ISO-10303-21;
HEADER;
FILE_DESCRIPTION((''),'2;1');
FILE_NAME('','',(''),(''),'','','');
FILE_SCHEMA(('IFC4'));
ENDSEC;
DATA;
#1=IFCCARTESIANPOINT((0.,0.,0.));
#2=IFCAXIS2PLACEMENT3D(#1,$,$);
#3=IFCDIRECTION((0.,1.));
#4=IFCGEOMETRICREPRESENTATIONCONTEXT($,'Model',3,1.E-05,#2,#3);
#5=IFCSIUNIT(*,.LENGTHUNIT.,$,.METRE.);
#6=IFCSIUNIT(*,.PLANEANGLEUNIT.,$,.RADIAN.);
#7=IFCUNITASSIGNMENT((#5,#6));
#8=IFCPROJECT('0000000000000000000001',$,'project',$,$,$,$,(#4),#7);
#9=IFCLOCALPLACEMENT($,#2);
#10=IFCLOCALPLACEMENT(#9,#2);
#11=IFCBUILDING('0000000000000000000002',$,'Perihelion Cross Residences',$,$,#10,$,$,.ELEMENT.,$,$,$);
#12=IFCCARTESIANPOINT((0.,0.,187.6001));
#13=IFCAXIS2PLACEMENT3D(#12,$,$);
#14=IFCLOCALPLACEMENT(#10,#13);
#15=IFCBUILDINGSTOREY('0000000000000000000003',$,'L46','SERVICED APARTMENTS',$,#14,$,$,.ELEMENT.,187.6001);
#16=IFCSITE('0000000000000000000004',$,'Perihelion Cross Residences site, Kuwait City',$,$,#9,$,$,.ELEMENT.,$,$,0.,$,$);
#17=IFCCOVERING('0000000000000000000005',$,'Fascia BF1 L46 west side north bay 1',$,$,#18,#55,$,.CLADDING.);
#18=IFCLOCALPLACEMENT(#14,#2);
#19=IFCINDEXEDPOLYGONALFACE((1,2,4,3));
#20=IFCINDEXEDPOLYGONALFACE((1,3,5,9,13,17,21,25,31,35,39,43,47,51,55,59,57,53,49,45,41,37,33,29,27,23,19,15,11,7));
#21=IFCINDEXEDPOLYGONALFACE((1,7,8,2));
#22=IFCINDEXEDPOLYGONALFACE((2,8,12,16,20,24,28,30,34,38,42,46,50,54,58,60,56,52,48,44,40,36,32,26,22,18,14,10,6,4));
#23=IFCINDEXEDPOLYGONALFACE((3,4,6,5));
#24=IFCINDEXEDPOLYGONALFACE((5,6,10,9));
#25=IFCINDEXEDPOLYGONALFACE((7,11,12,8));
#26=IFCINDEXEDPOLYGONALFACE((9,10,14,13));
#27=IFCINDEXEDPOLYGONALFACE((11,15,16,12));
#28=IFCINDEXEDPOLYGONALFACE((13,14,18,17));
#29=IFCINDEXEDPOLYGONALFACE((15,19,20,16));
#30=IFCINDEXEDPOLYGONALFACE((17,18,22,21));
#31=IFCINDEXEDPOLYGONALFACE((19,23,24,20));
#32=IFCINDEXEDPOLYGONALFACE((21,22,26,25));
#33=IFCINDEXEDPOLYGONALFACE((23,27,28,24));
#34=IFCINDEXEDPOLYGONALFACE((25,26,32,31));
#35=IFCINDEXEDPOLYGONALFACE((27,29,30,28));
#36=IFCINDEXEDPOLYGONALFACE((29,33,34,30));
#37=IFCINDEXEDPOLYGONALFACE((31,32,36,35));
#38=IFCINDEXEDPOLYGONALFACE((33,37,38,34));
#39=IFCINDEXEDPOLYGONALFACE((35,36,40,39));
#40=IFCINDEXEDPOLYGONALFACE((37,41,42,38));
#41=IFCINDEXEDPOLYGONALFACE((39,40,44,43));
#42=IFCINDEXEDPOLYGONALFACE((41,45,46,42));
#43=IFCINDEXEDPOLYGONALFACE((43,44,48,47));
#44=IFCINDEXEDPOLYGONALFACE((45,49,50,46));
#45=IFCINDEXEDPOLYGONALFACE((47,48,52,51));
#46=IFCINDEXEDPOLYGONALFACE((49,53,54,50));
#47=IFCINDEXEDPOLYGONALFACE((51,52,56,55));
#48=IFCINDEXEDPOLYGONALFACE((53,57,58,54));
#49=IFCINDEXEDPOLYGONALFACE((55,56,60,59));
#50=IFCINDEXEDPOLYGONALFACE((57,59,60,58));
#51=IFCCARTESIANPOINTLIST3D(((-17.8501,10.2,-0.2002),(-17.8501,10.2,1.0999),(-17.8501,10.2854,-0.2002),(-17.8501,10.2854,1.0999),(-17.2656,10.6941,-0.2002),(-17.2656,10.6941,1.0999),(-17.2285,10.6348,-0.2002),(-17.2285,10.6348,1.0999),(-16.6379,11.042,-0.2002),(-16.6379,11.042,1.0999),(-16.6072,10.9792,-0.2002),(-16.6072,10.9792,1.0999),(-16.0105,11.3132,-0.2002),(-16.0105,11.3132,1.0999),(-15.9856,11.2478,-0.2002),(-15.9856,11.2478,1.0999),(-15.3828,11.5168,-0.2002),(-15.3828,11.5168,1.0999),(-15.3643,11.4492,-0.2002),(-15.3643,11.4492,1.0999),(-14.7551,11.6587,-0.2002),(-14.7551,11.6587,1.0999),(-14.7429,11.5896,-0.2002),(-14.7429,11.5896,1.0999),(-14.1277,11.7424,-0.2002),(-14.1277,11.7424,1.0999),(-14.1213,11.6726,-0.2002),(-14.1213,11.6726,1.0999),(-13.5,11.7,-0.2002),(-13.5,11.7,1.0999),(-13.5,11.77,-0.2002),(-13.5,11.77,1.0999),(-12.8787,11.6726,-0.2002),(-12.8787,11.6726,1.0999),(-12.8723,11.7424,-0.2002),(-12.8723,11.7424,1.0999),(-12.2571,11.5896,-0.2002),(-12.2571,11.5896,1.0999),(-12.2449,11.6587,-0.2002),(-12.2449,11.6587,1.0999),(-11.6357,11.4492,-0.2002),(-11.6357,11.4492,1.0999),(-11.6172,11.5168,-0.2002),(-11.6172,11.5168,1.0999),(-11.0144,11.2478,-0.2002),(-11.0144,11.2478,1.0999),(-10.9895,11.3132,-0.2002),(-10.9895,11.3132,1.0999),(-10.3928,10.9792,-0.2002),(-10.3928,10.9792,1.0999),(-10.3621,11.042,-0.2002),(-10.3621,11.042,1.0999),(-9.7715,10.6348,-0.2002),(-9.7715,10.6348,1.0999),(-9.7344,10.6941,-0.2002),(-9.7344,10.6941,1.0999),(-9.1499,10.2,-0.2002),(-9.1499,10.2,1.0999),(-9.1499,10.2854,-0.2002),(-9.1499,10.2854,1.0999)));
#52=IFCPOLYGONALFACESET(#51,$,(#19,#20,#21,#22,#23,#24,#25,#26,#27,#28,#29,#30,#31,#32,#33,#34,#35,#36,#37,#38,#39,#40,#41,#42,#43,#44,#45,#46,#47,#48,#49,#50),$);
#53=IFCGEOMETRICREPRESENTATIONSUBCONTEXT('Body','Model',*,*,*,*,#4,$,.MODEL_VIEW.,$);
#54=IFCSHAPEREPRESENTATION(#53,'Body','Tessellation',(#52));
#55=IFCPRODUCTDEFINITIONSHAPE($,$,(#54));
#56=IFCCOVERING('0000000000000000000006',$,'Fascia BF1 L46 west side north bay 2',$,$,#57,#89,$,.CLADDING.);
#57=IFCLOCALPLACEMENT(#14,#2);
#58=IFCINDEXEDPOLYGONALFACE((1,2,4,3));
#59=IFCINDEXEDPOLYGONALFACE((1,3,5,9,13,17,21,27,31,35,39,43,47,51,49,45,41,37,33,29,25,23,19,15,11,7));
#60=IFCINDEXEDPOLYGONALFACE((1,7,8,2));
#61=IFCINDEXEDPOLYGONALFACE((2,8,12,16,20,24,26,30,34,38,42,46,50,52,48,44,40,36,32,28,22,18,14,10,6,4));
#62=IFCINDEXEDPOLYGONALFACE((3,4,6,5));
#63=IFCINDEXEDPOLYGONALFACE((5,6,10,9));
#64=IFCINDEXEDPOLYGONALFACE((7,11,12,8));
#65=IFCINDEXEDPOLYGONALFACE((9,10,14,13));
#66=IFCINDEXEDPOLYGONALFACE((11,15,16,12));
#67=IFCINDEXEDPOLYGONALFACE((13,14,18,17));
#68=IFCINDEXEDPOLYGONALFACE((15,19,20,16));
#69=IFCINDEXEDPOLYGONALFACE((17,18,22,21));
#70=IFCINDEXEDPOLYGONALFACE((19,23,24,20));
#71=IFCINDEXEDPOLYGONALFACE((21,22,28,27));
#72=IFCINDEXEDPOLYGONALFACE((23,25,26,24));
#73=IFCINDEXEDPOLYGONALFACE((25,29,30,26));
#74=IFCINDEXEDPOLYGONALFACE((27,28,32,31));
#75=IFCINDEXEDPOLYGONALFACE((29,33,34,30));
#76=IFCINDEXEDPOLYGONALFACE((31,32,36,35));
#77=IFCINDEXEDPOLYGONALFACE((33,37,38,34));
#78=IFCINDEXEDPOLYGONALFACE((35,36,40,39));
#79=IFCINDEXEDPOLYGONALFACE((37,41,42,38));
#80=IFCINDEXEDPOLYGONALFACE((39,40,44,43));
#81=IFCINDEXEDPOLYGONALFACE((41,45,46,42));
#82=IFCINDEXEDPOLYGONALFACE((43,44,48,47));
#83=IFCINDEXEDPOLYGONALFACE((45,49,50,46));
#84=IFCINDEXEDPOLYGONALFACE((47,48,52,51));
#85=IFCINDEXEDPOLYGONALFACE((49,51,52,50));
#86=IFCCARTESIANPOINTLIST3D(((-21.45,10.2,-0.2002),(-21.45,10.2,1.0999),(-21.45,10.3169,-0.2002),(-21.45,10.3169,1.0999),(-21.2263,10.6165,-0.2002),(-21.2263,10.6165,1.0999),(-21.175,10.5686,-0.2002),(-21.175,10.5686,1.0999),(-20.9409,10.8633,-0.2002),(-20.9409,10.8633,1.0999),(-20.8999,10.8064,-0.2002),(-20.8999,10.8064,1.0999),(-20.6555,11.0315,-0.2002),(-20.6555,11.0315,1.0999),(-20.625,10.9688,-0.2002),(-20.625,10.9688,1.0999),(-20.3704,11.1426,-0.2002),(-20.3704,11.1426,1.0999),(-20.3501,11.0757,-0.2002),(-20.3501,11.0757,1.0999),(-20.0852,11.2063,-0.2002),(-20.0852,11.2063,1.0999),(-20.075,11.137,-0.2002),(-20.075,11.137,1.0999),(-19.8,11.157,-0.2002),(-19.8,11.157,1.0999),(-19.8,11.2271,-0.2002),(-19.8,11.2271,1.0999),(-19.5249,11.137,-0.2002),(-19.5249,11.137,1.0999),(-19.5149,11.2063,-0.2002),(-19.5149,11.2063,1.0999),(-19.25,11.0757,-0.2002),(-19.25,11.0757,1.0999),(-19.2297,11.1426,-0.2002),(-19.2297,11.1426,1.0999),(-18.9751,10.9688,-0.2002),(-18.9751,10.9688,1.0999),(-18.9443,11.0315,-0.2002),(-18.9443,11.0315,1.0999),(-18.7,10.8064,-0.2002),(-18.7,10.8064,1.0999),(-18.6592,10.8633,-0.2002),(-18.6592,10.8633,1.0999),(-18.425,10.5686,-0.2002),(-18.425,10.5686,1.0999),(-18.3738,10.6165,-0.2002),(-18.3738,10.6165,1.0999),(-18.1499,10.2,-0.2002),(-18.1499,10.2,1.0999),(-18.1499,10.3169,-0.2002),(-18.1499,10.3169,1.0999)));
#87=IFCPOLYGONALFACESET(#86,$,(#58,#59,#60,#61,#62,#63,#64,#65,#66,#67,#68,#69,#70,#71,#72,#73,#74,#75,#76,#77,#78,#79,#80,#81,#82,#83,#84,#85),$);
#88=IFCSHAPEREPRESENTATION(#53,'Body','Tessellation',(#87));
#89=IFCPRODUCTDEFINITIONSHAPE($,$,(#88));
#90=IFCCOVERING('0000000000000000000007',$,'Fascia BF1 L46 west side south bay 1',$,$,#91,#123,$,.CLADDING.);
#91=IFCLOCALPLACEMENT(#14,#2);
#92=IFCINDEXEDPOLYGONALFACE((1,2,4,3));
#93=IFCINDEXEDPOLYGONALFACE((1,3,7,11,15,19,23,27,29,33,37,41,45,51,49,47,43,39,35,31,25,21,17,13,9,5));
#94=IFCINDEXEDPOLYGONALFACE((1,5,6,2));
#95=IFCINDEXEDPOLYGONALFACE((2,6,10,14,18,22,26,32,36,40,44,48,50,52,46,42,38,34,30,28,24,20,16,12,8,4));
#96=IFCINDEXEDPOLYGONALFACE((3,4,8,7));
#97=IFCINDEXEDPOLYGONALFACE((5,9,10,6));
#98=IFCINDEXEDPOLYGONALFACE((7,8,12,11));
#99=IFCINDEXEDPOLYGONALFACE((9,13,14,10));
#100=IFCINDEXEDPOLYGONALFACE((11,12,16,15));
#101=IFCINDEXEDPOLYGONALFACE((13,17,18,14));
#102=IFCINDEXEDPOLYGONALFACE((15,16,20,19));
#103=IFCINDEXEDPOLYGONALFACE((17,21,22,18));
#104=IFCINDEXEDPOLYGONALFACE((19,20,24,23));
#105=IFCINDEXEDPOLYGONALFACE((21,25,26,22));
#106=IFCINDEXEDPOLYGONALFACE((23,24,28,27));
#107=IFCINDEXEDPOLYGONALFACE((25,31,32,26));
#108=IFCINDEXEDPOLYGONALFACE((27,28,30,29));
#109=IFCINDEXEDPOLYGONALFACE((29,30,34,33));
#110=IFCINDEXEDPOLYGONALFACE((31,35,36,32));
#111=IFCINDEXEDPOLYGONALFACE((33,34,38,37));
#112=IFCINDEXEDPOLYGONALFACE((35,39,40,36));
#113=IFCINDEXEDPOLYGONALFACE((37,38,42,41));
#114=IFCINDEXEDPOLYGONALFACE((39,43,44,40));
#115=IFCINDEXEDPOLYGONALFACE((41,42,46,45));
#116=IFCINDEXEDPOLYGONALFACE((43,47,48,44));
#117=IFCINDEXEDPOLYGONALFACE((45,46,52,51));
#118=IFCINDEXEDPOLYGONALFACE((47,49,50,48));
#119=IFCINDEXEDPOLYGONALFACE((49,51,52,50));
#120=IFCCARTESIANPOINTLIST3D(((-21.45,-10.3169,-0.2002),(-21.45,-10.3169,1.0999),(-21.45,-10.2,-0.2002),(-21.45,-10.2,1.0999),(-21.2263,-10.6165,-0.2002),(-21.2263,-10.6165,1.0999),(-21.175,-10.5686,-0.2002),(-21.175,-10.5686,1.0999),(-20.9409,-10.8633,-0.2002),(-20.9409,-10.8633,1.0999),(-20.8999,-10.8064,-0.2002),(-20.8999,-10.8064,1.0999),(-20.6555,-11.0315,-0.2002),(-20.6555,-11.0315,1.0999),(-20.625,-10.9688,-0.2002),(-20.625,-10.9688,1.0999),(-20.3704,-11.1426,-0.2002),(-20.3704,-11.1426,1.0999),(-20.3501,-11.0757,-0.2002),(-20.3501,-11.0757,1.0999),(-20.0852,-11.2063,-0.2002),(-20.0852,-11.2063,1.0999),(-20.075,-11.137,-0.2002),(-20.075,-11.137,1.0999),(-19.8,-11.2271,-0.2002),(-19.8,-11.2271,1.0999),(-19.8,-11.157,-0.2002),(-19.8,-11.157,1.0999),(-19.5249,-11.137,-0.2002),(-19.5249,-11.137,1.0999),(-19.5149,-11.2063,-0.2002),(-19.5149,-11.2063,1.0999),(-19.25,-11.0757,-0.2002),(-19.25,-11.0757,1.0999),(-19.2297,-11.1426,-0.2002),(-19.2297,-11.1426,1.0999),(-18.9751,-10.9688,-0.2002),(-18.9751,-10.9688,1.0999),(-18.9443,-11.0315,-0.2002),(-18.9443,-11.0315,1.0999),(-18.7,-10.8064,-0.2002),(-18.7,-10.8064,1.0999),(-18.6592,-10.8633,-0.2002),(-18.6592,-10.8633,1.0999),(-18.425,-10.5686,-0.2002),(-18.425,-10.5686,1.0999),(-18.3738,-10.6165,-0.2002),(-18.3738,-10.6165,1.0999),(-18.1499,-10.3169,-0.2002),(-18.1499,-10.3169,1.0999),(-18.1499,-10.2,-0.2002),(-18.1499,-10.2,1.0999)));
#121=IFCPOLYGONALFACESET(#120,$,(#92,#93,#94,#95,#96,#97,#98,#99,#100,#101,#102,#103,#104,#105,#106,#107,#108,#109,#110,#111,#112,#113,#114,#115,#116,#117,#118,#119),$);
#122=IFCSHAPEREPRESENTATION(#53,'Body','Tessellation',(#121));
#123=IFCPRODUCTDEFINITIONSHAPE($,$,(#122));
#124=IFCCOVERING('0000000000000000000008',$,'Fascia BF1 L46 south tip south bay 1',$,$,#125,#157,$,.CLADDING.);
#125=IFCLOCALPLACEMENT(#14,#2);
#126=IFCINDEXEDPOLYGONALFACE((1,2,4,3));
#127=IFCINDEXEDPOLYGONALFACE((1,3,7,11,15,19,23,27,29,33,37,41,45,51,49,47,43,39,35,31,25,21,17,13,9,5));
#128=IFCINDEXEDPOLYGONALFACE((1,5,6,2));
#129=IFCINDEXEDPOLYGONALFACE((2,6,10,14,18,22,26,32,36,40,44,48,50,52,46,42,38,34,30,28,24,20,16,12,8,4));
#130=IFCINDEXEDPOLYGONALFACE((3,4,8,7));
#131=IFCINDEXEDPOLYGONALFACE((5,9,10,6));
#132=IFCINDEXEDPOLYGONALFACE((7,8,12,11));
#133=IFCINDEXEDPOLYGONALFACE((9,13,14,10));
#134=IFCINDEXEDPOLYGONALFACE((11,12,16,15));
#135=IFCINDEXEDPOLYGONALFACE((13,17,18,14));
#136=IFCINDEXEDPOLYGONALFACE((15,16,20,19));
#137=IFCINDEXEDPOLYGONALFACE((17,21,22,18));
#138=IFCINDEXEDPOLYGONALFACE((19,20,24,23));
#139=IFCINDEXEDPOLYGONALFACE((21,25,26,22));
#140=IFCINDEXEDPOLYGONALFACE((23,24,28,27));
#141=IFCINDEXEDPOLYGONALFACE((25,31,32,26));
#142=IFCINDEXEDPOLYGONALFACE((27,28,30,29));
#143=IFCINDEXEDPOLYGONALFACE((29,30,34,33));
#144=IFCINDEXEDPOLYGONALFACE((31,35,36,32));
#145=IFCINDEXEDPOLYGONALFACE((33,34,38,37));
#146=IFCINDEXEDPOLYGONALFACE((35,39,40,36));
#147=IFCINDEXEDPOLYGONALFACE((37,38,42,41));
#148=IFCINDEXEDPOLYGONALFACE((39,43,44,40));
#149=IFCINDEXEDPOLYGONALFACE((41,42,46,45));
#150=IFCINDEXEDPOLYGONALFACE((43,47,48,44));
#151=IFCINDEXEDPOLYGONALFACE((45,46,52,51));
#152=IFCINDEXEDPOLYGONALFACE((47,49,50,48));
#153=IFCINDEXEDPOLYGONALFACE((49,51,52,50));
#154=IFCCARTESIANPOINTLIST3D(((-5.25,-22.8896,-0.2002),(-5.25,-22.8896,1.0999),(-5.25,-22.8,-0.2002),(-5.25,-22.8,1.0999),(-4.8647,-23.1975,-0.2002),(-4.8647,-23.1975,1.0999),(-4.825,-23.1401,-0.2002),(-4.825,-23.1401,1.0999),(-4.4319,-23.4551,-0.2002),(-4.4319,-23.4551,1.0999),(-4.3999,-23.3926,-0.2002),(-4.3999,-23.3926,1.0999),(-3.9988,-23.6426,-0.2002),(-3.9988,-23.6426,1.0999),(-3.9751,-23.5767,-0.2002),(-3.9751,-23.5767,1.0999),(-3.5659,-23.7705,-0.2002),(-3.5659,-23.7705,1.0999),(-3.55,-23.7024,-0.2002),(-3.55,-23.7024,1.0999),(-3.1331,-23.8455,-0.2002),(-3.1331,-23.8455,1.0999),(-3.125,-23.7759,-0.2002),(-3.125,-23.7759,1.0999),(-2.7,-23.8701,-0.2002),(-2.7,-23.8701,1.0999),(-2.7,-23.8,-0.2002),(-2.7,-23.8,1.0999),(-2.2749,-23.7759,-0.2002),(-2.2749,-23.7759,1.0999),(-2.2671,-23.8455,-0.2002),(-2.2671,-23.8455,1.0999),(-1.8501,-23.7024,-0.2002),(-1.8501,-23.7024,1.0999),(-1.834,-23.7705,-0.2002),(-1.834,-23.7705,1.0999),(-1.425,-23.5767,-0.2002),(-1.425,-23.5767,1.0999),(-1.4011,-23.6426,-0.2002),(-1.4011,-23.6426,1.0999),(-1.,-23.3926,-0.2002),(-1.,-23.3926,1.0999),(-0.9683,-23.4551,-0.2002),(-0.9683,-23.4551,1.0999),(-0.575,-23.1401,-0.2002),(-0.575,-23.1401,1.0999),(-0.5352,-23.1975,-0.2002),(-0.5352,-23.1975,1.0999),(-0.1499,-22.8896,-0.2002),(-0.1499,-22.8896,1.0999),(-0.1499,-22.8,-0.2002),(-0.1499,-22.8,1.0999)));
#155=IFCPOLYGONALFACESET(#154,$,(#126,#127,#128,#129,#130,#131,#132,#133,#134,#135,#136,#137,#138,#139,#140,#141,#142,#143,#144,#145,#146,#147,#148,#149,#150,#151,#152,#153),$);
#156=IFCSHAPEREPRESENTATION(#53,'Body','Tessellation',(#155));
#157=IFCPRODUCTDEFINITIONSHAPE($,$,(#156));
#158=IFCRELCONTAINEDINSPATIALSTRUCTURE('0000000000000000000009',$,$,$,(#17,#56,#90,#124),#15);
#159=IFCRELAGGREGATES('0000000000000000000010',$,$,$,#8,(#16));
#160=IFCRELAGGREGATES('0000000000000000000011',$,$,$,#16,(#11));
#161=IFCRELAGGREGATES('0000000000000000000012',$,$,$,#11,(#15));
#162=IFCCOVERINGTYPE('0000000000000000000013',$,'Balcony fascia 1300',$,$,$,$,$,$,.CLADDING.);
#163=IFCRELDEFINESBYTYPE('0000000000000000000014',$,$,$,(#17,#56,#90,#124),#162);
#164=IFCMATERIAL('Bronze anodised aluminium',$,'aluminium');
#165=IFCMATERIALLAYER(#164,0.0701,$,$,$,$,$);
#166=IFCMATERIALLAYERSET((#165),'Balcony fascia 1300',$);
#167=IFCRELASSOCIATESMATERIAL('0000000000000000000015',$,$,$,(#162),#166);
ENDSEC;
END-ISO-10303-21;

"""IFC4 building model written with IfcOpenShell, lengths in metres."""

from ifc_helpers import new_model, si_unit, direction, frame, origin, place, context, subcontext, project, spatial, polyline, outline, extrude, material, layer, layer_set, type_object, element, save


model = new_model("IFC4")

# Units and contexts
model_context = context("Model", 3, precision=1e-05, world=origin(), true_north=direction((0.0, 1.0)))
body_context = subcontext(model_context, "Body", "Model", "MODEL_VIEW")
ifc_project = project(units=[si_unit("LENGTHUNIT", "METRE"), si_unit("PLANEANGLEUNIT", "RADIAN")], contexts=[model_context])

# Site, building, storey
site_placement = place(None, origin())
site = spatial("IfcSite", under=ifc_project, at=site_placement, Name="Perihelion Cross Residences site, Kuwait City", CompositionType="ELEMENT", RefElevation=0.0)
building_placement = place(site_placement, origin())
building = spatial("IfcBuilding", under=site, at=building_placement, Name="Perihelion Cross Residences", CompositionType="ELEMENT")
storey_placement = place(building_placement, frame((0.0, 0.0, 187.6001)))
storey = spatial("IfcBuildingStorey", under=building, at=storey_placement, Name="L46", Description="SERVICED APARTMENTS", CompositionType="ELEMENT", Elevation=187.6001)

# Coverings
ifc_material_1 = material(Name="Bronze anodised aluminium", Category="aluminium")
ifc_layer_1 = layer(ifc_material_1, 0.0701)
ifc_layer_set_1 = layer_set([ifc_layer_1], Name="Balcony fascia 1300")
covering_type = type_object("IfcCoveringType", Name="Balcony fascia 1300", PredefinedType="CLADDING", material=ifc_layer_set_1)
covering_1_placement = place(storey_placement, frame((0.0, 0.0, -0.2002)))
element("IfcCovering", 1, at=covering_1_placement, inside=storey, type_object=covering_type, Name="Fascia BF1 L46 west side north bay 1", PredefinedType="CLADDING", context=body_context, shape_type="SweptSolid", body=[
    extrude(outline(polyline([(-9.7344, 10.6941), (-10.3621, 11.042), (-10.9895, 11.3132), (-11.6172, 11.5168), (-12.2449, 11.6587), (-12.8723, 11.7424), (-13.5, 11.77), (-14.1277, 11.7424), (-14.7551, 11.6587), (-15.3828, 11.5168), (-16.0105, 11.3132), (-16.6379, 11.042), (-17.2656, 10.6941), (-17.8501, 10.2854), (-17.8501, 10.2), (-17.2285, 10.6348), (-16.6072, 10.9792), (-15.9856, 11.2478), (-15.3643, 11.4492), (-14.7429, 11.5896), (-14.1213, 11.6726), (-13.5, 11.7), (-12.8787, 11.6726), (-12.2571, 11.5896), (-11.6357, 11.4492), (-11.0144, 11.2478), (-10.3928, 10.9792), (-9.7715, 10.6348), (-9.1499, 10.2), (-9.1499, 10.2854), (-9.7344, 10.6941)])), origin(), (0.0, 0.0, 1.0), 1.3),
])
covering_2_placement = place(storey_placement, frame((0.0, 0.0, -0.2002)))
element("IfcCovering", 2, at=covering_2_placement, inside=storey, type_object=covering_type, Name="Fascia BF1 L46 west side north bay 2", PredefinedType="CLADDING", context=body_context, shape_type="SweptSolid", body=[
    extrude(outline(polyline([(-18.3738, 10.6165), (-18.6592, 10.8633), (-18.9443, 11.0315), (-19.2297, 11.1426), (-19.5149, 11.2063), (-19.8, 11.2271), (-20.0852, 11.2063), (-20.3704, 11.1426), (-20.6555, 11.0315), (-20.9409, 10.8633), (-21.2263, 10.6165), (-21.45, 10.3169), (-21.45, 10.2), (-21.175, 10.5686), (-20.8999, 10.8064), (-20.625, 10.9688), (-20.3501, 11.0757), (-20.075, 11.137), (-19.8, 11.157), (-19.5249, 11.137), (-19.25, 11.0757), (-18.9751, 10.9688), (-18.7, 10.8064), (-18.425, 10.5686), (-18.1499, 10.2), (-18.1499, 10.3169), (-18.3738, 10.6165)])), origin(), (0.0, 0.0, 1.0), 1.3),
])
covering_3_placement = place(storey_placement, frame((0.0, 0.0, -0.2002)))
element("IfcCovering", 3, at=covering_3_placement, inside=storey, type_object=covering_type, Name="Fascia BF1 L46 west side south bay 1", PredefinedType="CLADDING", context=body_context, shape_type="SweptSolid", body=[
    extrude(outline(polyline([(-21.2263, -10.6165), (-20.9409, -10.8633), (-20.6555, -11.0315), (-20.3704, -11.1426), (-20.0852, -11.2063), (-19.8, -11.2271), (-19.5149, -11.2063), (-19.2297, -11.1426), (-18.9443, -11.0315), (-18.6592, -10.8633), (-18.3738, -10.6165), (-18.1499, -10.3169), (-18.1499, -10.2), (-18.425, -10.5686), (-18.7, -10.8064), (-18.9751, -10.9688), (-19.25, -11.0757), (-19.5249, -11.137), (-19.8, -11.157), (-20.075, -11.137), (-20.3501, -11.0757), (-20.625, -10.9688), (-20.8999, -10.8064), (-21.175, -10.5686), (-21.45, -10.2), (-21.45, -10.3169), (-21.2263, -10.6165)])), origin(), (0.0, 0.0, 1.0), 1.3),
])
covering_4_placement = place(storey_placement, frame((0.0, 0.0, -0.2002)))
element("IfcCovering", 4, at=covering_4_placement, inside=storey, type_object=covering_type, Name="Fascia BF1 L46 south tip south bay 1", PredefinedType="CLADDING", context=body_context, shape_type="SweptSolid", body=[
    extrude(outline(polyline([(-4.8647, -23.1975), (-4.4319, -23.4551), (-3.9988, -23.6426), (-3.5659, -23.7705), (-3.1331, -23.8455), (-2.7, -23.8701), (-2.2671, -23.8455), (-1.834, -23.7705), (-1.4011, -23.6426), (-0.9683, -23.4551), (-0.5352, -23.1975), (-0.1499, -22.8896), (-0.1499, -22.8), (-0.575, -23.1401), (-1.0, -23.3926), (-1.425, -23.5767), (-1.8501, -23.7024), (-2.2749, -23.7759), (-2.7, -23.8), (-3.125, -23.7759), (-3.55, -23.7024), (-3.9751, -23.5767), (-4.3999, -23.3926), (-4.825, -23.1401), (-5.25, -22.8), (-5.25, -22.8896), (-4.8647, -23.1975)])), origin(), (0.0, 0.0, 1.0), 1.3),
])

save(model, "model.ifc")
